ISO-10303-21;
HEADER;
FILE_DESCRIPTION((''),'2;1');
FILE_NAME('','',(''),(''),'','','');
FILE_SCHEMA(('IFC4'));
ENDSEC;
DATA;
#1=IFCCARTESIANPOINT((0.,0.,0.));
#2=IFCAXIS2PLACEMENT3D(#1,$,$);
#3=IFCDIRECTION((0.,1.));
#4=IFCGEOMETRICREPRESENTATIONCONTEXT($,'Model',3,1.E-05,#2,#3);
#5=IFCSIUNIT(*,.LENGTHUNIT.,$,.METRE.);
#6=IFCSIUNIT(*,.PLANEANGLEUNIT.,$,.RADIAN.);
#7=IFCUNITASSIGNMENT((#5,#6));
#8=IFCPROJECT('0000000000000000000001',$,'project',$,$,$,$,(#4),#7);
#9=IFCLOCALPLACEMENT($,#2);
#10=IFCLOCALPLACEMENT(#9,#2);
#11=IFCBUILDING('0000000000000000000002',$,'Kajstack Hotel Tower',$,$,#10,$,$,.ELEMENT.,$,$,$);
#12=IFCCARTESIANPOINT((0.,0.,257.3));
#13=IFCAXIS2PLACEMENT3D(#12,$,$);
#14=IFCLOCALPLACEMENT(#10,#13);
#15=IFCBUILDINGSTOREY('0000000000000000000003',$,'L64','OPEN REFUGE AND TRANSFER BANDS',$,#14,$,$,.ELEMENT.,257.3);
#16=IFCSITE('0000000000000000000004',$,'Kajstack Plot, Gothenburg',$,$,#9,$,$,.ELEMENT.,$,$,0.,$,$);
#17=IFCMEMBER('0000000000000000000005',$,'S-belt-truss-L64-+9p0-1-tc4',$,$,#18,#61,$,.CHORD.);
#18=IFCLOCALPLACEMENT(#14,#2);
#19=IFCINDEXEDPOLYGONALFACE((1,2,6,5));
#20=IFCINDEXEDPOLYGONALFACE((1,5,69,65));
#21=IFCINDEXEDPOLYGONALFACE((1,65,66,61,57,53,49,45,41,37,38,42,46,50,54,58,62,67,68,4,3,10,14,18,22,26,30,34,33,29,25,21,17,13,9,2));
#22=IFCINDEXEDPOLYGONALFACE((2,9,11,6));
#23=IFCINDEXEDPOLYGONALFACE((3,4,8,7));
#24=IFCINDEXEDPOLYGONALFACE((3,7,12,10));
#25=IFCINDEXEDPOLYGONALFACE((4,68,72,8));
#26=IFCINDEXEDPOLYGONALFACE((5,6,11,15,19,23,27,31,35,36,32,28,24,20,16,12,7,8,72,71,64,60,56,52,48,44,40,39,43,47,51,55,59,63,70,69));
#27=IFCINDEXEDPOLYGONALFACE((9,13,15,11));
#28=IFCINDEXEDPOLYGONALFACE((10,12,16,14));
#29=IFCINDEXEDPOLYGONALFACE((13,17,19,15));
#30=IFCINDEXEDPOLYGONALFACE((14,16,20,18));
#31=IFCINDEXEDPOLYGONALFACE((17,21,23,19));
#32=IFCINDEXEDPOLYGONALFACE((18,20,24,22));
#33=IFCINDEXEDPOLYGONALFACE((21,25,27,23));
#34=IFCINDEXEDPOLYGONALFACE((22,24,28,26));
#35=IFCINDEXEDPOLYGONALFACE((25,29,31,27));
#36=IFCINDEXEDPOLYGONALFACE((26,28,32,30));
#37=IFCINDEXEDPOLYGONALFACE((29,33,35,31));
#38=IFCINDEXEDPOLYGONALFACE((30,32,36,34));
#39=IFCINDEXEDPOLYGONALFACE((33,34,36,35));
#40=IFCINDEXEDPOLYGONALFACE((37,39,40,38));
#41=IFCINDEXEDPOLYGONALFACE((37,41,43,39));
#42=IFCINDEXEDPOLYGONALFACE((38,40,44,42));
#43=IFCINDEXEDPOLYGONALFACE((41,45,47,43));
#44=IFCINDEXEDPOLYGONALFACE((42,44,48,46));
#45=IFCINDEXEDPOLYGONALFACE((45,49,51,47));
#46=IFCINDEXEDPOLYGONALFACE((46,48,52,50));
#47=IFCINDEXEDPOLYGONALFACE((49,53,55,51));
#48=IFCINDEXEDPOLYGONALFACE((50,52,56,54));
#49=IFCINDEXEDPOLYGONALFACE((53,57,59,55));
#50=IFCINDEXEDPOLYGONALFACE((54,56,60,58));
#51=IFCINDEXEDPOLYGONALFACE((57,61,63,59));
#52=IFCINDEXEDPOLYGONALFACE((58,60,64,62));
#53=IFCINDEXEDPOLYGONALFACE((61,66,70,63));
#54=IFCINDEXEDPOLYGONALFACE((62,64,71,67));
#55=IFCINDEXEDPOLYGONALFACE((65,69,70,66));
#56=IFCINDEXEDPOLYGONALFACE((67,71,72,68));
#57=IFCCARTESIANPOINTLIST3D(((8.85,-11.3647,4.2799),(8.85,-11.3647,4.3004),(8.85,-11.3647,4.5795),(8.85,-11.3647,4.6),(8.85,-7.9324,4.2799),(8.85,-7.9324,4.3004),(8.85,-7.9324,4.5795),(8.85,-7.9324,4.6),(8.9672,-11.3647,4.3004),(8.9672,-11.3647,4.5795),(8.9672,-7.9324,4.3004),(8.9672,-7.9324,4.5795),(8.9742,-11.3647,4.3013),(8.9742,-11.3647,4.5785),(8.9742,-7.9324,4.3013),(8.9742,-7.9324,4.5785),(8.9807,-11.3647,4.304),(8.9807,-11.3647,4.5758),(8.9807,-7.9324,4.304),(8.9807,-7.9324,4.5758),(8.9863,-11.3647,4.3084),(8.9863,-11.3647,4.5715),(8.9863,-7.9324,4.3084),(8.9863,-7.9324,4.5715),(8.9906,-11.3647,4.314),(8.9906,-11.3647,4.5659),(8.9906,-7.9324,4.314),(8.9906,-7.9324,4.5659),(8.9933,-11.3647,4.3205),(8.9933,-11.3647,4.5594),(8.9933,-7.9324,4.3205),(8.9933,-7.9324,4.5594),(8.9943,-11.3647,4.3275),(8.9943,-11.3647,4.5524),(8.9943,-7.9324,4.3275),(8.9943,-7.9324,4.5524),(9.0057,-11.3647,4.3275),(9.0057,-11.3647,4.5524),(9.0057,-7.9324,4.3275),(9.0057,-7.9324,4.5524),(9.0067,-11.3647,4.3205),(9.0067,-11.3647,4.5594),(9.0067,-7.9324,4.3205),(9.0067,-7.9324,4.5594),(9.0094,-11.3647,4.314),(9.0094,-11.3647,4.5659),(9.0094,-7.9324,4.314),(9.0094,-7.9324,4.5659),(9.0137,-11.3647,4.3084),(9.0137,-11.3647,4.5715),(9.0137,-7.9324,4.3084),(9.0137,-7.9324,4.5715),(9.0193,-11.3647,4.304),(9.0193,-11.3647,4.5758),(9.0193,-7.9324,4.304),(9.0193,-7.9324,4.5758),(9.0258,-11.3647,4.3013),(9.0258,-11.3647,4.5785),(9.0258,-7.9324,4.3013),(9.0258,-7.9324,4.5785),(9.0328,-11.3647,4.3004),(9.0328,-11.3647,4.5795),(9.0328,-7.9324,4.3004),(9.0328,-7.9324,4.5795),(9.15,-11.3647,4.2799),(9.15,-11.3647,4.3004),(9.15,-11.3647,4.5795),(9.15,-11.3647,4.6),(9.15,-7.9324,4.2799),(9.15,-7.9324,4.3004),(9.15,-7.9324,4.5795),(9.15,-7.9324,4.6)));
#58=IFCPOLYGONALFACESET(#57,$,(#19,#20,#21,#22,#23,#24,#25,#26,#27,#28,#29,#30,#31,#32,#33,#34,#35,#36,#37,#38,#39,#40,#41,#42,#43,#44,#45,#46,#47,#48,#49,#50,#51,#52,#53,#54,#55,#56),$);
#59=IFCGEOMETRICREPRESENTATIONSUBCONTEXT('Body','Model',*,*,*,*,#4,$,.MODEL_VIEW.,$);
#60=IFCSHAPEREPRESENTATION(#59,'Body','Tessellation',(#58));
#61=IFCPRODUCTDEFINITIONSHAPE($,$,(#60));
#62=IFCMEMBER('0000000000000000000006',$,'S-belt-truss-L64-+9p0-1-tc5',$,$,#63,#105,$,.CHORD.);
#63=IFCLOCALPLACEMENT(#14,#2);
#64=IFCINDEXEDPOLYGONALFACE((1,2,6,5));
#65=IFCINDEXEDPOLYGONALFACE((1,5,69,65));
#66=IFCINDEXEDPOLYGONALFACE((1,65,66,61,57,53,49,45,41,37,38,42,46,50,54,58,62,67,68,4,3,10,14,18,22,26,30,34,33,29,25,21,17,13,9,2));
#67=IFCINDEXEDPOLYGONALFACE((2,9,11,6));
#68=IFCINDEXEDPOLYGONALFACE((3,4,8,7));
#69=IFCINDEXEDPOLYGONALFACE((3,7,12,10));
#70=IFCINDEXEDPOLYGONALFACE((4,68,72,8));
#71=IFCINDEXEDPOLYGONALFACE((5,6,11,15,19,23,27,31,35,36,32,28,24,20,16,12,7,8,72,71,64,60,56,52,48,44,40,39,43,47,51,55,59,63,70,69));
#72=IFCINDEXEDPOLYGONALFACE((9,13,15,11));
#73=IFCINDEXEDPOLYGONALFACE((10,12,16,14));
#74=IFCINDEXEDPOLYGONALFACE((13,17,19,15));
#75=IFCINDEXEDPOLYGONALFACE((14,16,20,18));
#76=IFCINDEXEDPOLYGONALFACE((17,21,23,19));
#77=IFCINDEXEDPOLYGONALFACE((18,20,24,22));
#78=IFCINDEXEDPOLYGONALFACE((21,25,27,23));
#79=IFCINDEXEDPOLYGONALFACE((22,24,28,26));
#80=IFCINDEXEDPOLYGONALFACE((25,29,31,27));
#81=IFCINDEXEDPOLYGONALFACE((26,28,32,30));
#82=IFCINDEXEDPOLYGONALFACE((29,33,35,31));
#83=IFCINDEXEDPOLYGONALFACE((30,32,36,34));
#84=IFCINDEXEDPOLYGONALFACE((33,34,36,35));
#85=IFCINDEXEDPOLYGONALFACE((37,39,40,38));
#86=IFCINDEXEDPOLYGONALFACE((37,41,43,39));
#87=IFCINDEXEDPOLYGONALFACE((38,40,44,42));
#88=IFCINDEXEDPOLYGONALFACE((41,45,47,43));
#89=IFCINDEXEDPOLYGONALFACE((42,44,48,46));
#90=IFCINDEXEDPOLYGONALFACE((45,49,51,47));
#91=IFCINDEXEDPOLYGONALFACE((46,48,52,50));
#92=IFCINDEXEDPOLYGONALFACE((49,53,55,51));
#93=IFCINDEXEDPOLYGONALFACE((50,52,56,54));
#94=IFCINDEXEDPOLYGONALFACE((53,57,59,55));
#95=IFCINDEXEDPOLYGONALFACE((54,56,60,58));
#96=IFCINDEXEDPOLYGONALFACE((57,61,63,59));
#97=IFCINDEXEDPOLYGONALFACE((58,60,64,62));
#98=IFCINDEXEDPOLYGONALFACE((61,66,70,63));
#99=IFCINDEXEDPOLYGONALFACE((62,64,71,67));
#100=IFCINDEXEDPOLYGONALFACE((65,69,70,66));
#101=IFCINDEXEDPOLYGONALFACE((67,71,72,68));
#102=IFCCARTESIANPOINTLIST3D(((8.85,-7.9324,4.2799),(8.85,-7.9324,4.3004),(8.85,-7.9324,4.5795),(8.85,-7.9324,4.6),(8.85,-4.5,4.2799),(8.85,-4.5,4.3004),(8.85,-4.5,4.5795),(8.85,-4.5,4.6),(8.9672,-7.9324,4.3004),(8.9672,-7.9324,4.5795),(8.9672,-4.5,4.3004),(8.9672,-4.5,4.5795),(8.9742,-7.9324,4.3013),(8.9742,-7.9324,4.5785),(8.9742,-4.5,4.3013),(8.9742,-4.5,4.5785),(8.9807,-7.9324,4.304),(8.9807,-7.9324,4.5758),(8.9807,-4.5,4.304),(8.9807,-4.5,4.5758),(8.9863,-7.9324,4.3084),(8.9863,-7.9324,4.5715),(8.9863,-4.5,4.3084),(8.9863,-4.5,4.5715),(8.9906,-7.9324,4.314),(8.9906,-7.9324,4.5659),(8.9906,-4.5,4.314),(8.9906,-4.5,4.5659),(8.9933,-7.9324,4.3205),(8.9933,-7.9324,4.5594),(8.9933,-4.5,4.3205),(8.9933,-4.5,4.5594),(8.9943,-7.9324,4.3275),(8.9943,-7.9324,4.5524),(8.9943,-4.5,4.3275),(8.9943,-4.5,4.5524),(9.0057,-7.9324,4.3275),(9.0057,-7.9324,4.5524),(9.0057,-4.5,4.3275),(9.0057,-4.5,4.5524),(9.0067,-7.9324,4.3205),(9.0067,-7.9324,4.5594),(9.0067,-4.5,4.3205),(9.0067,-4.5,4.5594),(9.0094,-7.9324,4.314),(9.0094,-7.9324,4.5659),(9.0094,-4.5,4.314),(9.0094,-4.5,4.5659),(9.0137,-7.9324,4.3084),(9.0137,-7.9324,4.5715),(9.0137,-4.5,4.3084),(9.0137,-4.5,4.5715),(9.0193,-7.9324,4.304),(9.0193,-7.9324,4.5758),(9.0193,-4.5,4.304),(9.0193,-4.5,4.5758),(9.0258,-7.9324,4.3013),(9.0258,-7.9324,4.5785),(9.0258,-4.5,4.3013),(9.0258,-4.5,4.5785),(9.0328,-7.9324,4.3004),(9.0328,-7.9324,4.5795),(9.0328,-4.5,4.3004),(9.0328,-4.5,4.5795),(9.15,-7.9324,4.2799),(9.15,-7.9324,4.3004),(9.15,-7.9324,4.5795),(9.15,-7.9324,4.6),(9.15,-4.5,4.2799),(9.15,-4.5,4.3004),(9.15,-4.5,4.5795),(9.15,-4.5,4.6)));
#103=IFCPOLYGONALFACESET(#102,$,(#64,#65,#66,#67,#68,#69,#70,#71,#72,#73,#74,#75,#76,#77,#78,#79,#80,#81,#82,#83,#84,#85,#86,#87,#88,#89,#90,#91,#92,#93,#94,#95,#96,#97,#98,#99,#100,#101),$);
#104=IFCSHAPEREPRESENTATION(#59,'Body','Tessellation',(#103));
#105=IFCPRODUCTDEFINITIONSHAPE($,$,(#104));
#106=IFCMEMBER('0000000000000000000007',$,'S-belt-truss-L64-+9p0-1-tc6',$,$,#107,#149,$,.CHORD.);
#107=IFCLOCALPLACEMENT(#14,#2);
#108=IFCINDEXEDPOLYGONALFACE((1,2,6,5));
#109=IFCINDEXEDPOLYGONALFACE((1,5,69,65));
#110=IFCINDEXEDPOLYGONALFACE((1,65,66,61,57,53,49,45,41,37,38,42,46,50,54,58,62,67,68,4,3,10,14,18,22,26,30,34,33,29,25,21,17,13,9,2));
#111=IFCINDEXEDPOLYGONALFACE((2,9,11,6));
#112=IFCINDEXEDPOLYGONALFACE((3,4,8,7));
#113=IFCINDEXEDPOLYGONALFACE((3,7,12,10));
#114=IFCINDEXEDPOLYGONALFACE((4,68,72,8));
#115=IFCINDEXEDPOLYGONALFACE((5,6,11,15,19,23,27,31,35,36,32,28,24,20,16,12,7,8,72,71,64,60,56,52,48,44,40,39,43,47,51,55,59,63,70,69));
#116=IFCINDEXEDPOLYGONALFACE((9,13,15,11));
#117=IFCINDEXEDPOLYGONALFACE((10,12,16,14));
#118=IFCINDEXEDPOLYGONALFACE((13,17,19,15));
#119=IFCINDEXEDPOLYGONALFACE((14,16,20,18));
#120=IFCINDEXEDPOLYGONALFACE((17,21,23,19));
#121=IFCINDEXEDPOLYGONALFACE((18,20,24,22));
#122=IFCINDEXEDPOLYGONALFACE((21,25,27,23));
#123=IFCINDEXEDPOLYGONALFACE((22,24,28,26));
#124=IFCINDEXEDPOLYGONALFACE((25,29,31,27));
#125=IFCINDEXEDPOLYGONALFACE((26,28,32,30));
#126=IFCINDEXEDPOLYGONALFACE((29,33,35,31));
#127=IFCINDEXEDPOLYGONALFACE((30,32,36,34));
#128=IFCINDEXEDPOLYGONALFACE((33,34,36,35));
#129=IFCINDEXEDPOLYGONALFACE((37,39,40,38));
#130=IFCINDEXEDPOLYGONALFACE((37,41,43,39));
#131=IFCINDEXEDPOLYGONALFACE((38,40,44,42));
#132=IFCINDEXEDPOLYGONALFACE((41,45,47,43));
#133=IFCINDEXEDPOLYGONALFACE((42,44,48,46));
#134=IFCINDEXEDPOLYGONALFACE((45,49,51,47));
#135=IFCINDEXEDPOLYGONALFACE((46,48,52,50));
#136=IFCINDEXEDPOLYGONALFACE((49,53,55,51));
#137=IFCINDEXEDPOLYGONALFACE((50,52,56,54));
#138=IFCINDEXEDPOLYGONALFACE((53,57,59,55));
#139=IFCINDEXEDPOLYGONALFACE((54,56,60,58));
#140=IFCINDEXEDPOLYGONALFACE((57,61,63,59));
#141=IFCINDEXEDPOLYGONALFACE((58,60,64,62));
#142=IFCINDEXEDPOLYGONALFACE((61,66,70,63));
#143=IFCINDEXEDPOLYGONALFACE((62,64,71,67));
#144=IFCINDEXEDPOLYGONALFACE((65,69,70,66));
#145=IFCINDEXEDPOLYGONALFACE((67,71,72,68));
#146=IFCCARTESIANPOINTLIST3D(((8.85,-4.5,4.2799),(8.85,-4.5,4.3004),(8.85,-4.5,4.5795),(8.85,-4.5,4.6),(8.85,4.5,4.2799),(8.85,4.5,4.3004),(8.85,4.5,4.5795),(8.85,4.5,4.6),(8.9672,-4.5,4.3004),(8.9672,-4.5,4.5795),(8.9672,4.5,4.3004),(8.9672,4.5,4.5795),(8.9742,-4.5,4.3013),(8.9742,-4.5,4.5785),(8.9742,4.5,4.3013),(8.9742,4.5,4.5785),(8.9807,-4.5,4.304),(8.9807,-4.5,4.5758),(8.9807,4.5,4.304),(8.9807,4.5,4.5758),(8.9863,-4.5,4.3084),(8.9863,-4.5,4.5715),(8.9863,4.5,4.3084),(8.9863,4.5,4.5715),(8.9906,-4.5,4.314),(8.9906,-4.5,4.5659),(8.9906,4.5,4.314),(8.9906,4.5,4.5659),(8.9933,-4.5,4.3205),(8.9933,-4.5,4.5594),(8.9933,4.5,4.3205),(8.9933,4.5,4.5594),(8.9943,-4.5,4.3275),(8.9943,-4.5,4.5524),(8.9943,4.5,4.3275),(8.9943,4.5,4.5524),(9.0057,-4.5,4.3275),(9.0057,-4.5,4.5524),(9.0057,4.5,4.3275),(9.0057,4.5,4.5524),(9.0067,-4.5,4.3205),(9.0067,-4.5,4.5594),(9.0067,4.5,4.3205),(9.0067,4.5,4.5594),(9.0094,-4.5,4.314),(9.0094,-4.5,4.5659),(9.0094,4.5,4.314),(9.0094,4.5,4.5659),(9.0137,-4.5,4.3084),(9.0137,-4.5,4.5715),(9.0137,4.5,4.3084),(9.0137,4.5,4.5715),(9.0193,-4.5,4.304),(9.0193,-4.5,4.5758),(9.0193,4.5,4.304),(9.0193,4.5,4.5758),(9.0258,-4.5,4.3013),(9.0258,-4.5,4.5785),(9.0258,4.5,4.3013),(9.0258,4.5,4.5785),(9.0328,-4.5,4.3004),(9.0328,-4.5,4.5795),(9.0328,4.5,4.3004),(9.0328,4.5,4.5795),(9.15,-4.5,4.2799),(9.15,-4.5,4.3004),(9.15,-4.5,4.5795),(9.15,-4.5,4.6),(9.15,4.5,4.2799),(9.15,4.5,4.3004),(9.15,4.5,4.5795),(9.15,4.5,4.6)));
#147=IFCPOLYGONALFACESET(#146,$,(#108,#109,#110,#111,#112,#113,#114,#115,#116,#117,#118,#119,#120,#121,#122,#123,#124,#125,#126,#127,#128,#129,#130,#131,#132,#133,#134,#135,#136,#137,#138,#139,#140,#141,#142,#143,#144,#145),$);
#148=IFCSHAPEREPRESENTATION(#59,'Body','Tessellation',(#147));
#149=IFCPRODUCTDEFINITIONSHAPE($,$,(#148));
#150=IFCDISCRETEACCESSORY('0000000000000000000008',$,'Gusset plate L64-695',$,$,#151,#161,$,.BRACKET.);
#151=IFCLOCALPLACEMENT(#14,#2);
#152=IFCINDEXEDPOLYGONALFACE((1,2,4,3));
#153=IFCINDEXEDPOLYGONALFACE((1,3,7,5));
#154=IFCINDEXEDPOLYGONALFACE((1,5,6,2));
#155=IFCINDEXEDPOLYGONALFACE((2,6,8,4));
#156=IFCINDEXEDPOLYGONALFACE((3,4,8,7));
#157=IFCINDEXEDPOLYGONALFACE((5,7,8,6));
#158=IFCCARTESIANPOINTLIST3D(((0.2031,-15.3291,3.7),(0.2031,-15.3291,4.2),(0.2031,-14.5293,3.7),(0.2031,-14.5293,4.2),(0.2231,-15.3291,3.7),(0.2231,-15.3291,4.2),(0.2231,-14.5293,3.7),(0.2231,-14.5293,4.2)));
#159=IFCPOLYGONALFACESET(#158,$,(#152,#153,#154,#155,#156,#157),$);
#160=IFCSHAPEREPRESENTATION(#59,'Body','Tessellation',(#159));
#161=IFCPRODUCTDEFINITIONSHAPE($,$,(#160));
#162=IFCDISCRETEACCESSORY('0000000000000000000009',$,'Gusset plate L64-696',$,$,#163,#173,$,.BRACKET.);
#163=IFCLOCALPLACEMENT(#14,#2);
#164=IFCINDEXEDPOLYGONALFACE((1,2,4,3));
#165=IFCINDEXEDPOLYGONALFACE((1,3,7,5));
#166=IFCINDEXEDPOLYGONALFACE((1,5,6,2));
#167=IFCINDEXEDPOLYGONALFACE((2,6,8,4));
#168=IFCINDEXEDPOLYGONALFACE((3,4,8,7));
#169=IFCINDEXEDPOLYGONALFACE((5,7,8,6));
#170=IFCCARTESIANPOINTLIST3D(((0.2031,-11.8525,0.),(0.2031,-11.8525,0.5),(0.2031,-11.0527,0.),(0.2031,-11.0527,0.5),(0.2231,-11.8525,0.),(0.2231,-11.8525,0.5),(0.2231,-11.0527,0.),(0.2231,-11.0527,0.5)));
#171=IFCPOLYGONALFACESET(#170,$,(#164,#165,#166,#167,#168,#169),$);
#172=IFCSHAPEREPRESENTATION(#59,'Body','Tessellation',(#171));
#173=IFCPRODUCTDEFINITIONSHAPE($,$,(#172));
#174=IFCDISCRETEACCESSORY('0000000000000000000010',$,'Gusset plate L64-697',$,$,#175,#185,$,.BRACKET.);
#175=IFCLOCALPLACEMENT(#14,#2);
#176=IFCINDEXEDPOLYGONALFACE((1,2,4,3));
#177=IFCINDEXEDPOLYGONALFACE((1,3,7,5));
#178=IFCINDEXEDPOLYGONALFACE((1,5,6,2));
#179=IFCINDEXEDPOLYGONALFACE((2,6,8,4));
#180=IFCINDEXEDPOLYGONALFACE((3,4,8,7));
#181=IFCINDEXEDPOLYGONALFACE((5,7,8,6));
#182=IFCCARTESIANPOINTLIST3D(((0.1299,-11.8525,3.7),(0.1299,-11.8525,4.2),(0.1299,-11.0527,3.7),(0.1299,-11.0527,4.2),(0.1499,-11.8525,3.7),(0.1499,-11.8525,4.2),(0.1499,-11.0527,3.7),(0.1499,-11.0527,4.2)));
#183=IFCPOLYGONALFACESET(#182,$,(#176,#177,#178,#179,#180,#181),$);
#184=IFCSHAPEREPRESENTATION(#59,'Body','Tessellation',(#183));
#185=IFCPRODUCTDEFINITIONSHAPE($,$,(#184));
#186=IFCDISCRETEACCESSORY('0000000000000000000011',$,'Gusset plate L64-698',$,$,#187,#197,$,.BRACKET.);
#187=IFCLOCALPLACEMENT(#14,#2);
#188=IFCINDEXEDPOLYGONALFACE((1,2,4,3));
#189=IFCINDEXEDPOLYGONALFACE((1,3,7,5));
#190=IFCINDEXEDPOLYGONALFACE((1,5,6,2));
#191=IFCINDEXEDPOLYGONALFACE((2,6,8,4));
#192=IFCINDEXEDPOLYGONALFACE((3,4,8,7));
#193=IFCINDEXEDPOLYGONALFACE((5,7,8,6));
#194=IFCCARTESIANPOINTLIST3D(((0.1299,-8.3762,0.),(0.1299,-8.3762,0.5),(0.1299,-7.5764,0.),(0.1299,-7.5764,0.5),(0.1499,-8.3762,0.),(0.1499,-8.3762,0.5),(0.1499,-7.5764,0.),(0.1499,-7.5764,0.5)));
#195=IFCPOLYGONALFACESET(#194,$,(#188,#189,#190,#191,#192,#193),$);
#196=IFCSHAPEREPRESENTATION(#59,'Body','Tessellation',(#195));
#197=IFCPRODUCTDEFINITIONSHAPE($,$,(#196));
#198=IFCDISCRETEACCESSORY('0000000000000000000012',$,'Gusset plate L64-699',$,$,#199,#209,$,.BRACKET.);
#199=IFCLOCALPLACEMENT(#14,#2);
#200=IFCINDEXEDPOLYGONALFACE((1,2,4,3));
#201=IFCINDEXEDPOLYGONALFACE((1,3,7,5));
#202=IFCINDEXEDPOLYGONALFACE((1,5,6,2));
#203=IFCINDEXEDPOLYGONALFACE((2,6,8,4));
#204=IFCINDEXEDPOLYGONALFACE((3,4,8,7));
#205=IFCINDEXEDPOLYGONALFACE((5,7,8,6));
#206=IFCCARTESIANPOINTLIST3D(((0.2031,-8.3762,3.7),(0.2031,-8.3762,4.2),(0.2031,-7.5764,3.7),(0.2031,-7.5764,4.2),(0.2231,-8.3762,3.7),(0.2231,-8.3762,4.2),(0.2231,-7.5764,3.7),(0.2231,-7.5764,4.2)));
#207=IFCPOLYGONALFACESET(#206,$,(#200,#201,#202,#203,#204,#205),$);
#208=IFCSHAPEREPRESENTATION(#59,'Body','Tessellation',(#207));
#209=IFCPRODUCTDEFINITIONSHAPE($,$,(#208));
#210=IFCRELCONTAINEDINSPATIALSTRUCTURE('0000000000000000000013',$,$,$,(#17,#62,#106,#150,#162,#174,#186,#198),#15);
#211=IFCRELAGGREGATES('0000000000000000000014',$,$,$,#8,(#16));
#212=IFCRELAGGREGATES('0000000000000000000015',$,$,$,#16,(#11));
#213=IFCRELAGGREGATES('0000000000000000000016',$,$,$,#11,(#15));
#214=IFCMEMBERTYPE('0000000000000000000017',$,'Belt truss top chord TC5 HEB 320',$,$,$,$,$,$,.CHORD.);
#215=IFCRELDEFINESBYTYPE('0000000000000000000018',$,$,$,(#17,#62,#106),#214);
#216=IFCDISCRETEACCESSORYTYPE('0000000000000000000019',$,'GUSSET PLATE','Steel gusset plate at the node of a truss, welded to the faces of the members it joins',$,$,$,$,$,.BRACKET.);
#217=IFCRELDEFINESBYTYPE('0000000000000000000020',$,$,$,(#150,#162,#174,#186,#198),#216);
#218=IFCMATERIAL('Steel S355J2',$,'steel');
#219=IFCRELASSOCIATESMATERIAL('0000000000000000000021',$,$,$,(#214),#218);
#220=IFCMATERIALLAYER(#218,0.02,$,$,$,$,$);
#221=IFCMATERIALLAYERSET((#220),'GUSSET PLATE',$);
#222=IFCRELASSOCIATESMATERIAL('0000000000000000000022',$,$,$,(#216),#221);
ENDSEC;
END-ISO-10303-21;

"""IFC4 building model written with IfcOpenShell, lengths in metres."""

from ifc_helpers import new_model, si_unit, direction, frame, origin, origin_2d, place, context, subcontext, project, spatial, polyline, i_section, outline, extrude, material, layer, layer_set, material_profile, profile_set, type_object, element, save


model = new_model("IFC4")

# Units and contexts
model_context = context("Model", 3, precision=1e-05, world=origin(), true_north=direction((0.0, 1.0)))
body_context = subcontext(model_context, "Body", "Model", "MODEL_VIEW")
ifc_project = project(units=[si_unit("LENGTHUNIT", "METRE"), si_unit("PLANEANGLEUNIT", "RADIAN")], contexts=[model_context])

# Site, building, storey
site_placement = place(None, origin())
site = spatial("IfcSite", under=ifc_project, at=site_placement, Name="Kajstack Plot, Gothenburg", CompositionType="ELEMENT", RefElevation=0.0)
building_placement = place(site_placement, origin())
building = spatial("IfcBuilding", under=site, at=building_placement, Name="Kajstack Hotel Tower", CompositionType="ELEMENT")
storey_placement = place(building_placement, frame((0.0, 0.0, 257.3)))
storey = spatial("IfcBuildingStorey", under=building, at=storey_placement, Name="L64", Description="OPEN REFUGE AND TRANSFER BANDS", CompositionType="ELEMENT", Elevation=257.3)

# Members
ifc_material = material(Name="Steel S355J2", Category="steel")
ifc_material_profile_1 = material_profile(ifc_material, i_section(OverallWidth=0.3, OverallDepth=0.3201, WebThickness=0.0115, FlangeThickness=0.0205, FilletRadius=0.0271, at=origin_2d()), Name="HEB 320")
ifc_profile_set_1 = profile_set([ifc_material_profile_1], Name="Steel S355J2")
member_type_1 = type_object("IfcMemberType", Name="Belt truss top chord TC5 HEB 320", PredefinedType="CHORD", material=ifc_profile_set_1)
for number, where, z_axis, x_axis, name in (
    (1, (9.0, -11.3647, 4.4399), (0.0, 1.0, 0.0), (-1.0, 0.0, 0.0), "S-belt-truss-L64-+9p0-1-tc4"),
    (2, (9.0, -7.9324, 4.4399), (0.0, 1.0, 0.0), (-1.0, 0.0, 0.0), "S-belt-truss-L64-+9p0-1-tc5"),
):
    element("IfcMember", number, at=place(storey_placement, frame(where, z_axis=z_axis, x_axis=x_axis)), inside=storey, type_object=member_type_1, Name=name, PredefinedType="CHORD", context=body_context, shape_type="SweptSolid", body=[
        extrude(i_section(OverallWidth=0.3, OverallDepth=0.3201, WebThickness=0.0115, FlangeThickness=0.0205, FilletRadius=0.0271, at=origin_2d()), origin(), (0.0, 0.0, 1.0), 3.4324),
    ])
member_1_placement = place(storey_placement, frame((9.0, -4.5, 4.4399), z_axis=(0.0, 1.0, 0.0), x_axis=(-1.0, 0.0, 0.0)))
element("IfcMember", 3, at=member_1_placement, inside=storey, type_object=member_type_1, Name="S-belt-truss-L64-+9p0-1-tc6", PredefinedType="CHORD", context=body_context, shape_type="SweptSolid", body=[
    extrude(i_section(OverallWidth=0.3, OverallDepth=0.3201, WebThickness=0.0115, FlangeThickness=0.0205, FilletRadius=0.0271, at=origin_2d()), origin(), (0.0, 0.0, 1.0), 9.0),
])

# Discrete accessories
ifc_layer = layer(ifc_material, 0.02)
ifc_layer_set = layer_set([ifc_layer], Name="GUSSET PLATE")
discrete_accessory_type = type_object("IfcDiscreteAccessoryType", Name="GUSSET PLATE", Description="Steel gusset plate at the node of a truss, welded to the faces of the members it joins", PredefinedType="BRACKET", material=ifc_layer_set)
for number, where, z_axis, x_axis, name in (
    (4, (0.2031, -14.9292, 3.7), (1.0, 0.0, 0.0), (0.0, 1.0, 0.0), "Gusset plate L64-695"),
    (5, (0.2031, -11.4526, 0.0), (1.0, 0.0, 0.0), (0.0, 1.0, 0.0), "Gusset plate L64-696"),
    (6, (0.1299, -11.4526, 3.7), (1.0, 0.0, 0.0), (0.0, 1.0, 0.0), "Gusset plate L64-697"),
    (7, (0.1299, -7.9763, 0.0), (1.0, 0.0, 0.0), (0.0, 1.0, 0.0), "Gusset plate L64-698"),
    (8, (0.2031, -7.9763, 3.7), (1.0, 0.0, 0.0), (0.0, 1.0, 0.0), "Gusset plate L64-699"),
):
    element("IfcDiscreteAccessory", number, at=place(storey_placement, frame(where, z_axis=z_axis, x_axis=x_axis)), inside=storey, type_object=discrete_accessory_type, Name=name, PredefinedType="BRACKET", context=body_context, shape_type="SweptSolid", body=[
        extrude(outline(polyline([(-0.3999, 0.0), (0.3999, 0.0), (0.3999, 0.5), (-0.3999, 0.5), (-0.3999, 0.0)])), origin(), (0.0, 0.0, 1.0), 0.02),
    ])

save(model, "model.ifc")
